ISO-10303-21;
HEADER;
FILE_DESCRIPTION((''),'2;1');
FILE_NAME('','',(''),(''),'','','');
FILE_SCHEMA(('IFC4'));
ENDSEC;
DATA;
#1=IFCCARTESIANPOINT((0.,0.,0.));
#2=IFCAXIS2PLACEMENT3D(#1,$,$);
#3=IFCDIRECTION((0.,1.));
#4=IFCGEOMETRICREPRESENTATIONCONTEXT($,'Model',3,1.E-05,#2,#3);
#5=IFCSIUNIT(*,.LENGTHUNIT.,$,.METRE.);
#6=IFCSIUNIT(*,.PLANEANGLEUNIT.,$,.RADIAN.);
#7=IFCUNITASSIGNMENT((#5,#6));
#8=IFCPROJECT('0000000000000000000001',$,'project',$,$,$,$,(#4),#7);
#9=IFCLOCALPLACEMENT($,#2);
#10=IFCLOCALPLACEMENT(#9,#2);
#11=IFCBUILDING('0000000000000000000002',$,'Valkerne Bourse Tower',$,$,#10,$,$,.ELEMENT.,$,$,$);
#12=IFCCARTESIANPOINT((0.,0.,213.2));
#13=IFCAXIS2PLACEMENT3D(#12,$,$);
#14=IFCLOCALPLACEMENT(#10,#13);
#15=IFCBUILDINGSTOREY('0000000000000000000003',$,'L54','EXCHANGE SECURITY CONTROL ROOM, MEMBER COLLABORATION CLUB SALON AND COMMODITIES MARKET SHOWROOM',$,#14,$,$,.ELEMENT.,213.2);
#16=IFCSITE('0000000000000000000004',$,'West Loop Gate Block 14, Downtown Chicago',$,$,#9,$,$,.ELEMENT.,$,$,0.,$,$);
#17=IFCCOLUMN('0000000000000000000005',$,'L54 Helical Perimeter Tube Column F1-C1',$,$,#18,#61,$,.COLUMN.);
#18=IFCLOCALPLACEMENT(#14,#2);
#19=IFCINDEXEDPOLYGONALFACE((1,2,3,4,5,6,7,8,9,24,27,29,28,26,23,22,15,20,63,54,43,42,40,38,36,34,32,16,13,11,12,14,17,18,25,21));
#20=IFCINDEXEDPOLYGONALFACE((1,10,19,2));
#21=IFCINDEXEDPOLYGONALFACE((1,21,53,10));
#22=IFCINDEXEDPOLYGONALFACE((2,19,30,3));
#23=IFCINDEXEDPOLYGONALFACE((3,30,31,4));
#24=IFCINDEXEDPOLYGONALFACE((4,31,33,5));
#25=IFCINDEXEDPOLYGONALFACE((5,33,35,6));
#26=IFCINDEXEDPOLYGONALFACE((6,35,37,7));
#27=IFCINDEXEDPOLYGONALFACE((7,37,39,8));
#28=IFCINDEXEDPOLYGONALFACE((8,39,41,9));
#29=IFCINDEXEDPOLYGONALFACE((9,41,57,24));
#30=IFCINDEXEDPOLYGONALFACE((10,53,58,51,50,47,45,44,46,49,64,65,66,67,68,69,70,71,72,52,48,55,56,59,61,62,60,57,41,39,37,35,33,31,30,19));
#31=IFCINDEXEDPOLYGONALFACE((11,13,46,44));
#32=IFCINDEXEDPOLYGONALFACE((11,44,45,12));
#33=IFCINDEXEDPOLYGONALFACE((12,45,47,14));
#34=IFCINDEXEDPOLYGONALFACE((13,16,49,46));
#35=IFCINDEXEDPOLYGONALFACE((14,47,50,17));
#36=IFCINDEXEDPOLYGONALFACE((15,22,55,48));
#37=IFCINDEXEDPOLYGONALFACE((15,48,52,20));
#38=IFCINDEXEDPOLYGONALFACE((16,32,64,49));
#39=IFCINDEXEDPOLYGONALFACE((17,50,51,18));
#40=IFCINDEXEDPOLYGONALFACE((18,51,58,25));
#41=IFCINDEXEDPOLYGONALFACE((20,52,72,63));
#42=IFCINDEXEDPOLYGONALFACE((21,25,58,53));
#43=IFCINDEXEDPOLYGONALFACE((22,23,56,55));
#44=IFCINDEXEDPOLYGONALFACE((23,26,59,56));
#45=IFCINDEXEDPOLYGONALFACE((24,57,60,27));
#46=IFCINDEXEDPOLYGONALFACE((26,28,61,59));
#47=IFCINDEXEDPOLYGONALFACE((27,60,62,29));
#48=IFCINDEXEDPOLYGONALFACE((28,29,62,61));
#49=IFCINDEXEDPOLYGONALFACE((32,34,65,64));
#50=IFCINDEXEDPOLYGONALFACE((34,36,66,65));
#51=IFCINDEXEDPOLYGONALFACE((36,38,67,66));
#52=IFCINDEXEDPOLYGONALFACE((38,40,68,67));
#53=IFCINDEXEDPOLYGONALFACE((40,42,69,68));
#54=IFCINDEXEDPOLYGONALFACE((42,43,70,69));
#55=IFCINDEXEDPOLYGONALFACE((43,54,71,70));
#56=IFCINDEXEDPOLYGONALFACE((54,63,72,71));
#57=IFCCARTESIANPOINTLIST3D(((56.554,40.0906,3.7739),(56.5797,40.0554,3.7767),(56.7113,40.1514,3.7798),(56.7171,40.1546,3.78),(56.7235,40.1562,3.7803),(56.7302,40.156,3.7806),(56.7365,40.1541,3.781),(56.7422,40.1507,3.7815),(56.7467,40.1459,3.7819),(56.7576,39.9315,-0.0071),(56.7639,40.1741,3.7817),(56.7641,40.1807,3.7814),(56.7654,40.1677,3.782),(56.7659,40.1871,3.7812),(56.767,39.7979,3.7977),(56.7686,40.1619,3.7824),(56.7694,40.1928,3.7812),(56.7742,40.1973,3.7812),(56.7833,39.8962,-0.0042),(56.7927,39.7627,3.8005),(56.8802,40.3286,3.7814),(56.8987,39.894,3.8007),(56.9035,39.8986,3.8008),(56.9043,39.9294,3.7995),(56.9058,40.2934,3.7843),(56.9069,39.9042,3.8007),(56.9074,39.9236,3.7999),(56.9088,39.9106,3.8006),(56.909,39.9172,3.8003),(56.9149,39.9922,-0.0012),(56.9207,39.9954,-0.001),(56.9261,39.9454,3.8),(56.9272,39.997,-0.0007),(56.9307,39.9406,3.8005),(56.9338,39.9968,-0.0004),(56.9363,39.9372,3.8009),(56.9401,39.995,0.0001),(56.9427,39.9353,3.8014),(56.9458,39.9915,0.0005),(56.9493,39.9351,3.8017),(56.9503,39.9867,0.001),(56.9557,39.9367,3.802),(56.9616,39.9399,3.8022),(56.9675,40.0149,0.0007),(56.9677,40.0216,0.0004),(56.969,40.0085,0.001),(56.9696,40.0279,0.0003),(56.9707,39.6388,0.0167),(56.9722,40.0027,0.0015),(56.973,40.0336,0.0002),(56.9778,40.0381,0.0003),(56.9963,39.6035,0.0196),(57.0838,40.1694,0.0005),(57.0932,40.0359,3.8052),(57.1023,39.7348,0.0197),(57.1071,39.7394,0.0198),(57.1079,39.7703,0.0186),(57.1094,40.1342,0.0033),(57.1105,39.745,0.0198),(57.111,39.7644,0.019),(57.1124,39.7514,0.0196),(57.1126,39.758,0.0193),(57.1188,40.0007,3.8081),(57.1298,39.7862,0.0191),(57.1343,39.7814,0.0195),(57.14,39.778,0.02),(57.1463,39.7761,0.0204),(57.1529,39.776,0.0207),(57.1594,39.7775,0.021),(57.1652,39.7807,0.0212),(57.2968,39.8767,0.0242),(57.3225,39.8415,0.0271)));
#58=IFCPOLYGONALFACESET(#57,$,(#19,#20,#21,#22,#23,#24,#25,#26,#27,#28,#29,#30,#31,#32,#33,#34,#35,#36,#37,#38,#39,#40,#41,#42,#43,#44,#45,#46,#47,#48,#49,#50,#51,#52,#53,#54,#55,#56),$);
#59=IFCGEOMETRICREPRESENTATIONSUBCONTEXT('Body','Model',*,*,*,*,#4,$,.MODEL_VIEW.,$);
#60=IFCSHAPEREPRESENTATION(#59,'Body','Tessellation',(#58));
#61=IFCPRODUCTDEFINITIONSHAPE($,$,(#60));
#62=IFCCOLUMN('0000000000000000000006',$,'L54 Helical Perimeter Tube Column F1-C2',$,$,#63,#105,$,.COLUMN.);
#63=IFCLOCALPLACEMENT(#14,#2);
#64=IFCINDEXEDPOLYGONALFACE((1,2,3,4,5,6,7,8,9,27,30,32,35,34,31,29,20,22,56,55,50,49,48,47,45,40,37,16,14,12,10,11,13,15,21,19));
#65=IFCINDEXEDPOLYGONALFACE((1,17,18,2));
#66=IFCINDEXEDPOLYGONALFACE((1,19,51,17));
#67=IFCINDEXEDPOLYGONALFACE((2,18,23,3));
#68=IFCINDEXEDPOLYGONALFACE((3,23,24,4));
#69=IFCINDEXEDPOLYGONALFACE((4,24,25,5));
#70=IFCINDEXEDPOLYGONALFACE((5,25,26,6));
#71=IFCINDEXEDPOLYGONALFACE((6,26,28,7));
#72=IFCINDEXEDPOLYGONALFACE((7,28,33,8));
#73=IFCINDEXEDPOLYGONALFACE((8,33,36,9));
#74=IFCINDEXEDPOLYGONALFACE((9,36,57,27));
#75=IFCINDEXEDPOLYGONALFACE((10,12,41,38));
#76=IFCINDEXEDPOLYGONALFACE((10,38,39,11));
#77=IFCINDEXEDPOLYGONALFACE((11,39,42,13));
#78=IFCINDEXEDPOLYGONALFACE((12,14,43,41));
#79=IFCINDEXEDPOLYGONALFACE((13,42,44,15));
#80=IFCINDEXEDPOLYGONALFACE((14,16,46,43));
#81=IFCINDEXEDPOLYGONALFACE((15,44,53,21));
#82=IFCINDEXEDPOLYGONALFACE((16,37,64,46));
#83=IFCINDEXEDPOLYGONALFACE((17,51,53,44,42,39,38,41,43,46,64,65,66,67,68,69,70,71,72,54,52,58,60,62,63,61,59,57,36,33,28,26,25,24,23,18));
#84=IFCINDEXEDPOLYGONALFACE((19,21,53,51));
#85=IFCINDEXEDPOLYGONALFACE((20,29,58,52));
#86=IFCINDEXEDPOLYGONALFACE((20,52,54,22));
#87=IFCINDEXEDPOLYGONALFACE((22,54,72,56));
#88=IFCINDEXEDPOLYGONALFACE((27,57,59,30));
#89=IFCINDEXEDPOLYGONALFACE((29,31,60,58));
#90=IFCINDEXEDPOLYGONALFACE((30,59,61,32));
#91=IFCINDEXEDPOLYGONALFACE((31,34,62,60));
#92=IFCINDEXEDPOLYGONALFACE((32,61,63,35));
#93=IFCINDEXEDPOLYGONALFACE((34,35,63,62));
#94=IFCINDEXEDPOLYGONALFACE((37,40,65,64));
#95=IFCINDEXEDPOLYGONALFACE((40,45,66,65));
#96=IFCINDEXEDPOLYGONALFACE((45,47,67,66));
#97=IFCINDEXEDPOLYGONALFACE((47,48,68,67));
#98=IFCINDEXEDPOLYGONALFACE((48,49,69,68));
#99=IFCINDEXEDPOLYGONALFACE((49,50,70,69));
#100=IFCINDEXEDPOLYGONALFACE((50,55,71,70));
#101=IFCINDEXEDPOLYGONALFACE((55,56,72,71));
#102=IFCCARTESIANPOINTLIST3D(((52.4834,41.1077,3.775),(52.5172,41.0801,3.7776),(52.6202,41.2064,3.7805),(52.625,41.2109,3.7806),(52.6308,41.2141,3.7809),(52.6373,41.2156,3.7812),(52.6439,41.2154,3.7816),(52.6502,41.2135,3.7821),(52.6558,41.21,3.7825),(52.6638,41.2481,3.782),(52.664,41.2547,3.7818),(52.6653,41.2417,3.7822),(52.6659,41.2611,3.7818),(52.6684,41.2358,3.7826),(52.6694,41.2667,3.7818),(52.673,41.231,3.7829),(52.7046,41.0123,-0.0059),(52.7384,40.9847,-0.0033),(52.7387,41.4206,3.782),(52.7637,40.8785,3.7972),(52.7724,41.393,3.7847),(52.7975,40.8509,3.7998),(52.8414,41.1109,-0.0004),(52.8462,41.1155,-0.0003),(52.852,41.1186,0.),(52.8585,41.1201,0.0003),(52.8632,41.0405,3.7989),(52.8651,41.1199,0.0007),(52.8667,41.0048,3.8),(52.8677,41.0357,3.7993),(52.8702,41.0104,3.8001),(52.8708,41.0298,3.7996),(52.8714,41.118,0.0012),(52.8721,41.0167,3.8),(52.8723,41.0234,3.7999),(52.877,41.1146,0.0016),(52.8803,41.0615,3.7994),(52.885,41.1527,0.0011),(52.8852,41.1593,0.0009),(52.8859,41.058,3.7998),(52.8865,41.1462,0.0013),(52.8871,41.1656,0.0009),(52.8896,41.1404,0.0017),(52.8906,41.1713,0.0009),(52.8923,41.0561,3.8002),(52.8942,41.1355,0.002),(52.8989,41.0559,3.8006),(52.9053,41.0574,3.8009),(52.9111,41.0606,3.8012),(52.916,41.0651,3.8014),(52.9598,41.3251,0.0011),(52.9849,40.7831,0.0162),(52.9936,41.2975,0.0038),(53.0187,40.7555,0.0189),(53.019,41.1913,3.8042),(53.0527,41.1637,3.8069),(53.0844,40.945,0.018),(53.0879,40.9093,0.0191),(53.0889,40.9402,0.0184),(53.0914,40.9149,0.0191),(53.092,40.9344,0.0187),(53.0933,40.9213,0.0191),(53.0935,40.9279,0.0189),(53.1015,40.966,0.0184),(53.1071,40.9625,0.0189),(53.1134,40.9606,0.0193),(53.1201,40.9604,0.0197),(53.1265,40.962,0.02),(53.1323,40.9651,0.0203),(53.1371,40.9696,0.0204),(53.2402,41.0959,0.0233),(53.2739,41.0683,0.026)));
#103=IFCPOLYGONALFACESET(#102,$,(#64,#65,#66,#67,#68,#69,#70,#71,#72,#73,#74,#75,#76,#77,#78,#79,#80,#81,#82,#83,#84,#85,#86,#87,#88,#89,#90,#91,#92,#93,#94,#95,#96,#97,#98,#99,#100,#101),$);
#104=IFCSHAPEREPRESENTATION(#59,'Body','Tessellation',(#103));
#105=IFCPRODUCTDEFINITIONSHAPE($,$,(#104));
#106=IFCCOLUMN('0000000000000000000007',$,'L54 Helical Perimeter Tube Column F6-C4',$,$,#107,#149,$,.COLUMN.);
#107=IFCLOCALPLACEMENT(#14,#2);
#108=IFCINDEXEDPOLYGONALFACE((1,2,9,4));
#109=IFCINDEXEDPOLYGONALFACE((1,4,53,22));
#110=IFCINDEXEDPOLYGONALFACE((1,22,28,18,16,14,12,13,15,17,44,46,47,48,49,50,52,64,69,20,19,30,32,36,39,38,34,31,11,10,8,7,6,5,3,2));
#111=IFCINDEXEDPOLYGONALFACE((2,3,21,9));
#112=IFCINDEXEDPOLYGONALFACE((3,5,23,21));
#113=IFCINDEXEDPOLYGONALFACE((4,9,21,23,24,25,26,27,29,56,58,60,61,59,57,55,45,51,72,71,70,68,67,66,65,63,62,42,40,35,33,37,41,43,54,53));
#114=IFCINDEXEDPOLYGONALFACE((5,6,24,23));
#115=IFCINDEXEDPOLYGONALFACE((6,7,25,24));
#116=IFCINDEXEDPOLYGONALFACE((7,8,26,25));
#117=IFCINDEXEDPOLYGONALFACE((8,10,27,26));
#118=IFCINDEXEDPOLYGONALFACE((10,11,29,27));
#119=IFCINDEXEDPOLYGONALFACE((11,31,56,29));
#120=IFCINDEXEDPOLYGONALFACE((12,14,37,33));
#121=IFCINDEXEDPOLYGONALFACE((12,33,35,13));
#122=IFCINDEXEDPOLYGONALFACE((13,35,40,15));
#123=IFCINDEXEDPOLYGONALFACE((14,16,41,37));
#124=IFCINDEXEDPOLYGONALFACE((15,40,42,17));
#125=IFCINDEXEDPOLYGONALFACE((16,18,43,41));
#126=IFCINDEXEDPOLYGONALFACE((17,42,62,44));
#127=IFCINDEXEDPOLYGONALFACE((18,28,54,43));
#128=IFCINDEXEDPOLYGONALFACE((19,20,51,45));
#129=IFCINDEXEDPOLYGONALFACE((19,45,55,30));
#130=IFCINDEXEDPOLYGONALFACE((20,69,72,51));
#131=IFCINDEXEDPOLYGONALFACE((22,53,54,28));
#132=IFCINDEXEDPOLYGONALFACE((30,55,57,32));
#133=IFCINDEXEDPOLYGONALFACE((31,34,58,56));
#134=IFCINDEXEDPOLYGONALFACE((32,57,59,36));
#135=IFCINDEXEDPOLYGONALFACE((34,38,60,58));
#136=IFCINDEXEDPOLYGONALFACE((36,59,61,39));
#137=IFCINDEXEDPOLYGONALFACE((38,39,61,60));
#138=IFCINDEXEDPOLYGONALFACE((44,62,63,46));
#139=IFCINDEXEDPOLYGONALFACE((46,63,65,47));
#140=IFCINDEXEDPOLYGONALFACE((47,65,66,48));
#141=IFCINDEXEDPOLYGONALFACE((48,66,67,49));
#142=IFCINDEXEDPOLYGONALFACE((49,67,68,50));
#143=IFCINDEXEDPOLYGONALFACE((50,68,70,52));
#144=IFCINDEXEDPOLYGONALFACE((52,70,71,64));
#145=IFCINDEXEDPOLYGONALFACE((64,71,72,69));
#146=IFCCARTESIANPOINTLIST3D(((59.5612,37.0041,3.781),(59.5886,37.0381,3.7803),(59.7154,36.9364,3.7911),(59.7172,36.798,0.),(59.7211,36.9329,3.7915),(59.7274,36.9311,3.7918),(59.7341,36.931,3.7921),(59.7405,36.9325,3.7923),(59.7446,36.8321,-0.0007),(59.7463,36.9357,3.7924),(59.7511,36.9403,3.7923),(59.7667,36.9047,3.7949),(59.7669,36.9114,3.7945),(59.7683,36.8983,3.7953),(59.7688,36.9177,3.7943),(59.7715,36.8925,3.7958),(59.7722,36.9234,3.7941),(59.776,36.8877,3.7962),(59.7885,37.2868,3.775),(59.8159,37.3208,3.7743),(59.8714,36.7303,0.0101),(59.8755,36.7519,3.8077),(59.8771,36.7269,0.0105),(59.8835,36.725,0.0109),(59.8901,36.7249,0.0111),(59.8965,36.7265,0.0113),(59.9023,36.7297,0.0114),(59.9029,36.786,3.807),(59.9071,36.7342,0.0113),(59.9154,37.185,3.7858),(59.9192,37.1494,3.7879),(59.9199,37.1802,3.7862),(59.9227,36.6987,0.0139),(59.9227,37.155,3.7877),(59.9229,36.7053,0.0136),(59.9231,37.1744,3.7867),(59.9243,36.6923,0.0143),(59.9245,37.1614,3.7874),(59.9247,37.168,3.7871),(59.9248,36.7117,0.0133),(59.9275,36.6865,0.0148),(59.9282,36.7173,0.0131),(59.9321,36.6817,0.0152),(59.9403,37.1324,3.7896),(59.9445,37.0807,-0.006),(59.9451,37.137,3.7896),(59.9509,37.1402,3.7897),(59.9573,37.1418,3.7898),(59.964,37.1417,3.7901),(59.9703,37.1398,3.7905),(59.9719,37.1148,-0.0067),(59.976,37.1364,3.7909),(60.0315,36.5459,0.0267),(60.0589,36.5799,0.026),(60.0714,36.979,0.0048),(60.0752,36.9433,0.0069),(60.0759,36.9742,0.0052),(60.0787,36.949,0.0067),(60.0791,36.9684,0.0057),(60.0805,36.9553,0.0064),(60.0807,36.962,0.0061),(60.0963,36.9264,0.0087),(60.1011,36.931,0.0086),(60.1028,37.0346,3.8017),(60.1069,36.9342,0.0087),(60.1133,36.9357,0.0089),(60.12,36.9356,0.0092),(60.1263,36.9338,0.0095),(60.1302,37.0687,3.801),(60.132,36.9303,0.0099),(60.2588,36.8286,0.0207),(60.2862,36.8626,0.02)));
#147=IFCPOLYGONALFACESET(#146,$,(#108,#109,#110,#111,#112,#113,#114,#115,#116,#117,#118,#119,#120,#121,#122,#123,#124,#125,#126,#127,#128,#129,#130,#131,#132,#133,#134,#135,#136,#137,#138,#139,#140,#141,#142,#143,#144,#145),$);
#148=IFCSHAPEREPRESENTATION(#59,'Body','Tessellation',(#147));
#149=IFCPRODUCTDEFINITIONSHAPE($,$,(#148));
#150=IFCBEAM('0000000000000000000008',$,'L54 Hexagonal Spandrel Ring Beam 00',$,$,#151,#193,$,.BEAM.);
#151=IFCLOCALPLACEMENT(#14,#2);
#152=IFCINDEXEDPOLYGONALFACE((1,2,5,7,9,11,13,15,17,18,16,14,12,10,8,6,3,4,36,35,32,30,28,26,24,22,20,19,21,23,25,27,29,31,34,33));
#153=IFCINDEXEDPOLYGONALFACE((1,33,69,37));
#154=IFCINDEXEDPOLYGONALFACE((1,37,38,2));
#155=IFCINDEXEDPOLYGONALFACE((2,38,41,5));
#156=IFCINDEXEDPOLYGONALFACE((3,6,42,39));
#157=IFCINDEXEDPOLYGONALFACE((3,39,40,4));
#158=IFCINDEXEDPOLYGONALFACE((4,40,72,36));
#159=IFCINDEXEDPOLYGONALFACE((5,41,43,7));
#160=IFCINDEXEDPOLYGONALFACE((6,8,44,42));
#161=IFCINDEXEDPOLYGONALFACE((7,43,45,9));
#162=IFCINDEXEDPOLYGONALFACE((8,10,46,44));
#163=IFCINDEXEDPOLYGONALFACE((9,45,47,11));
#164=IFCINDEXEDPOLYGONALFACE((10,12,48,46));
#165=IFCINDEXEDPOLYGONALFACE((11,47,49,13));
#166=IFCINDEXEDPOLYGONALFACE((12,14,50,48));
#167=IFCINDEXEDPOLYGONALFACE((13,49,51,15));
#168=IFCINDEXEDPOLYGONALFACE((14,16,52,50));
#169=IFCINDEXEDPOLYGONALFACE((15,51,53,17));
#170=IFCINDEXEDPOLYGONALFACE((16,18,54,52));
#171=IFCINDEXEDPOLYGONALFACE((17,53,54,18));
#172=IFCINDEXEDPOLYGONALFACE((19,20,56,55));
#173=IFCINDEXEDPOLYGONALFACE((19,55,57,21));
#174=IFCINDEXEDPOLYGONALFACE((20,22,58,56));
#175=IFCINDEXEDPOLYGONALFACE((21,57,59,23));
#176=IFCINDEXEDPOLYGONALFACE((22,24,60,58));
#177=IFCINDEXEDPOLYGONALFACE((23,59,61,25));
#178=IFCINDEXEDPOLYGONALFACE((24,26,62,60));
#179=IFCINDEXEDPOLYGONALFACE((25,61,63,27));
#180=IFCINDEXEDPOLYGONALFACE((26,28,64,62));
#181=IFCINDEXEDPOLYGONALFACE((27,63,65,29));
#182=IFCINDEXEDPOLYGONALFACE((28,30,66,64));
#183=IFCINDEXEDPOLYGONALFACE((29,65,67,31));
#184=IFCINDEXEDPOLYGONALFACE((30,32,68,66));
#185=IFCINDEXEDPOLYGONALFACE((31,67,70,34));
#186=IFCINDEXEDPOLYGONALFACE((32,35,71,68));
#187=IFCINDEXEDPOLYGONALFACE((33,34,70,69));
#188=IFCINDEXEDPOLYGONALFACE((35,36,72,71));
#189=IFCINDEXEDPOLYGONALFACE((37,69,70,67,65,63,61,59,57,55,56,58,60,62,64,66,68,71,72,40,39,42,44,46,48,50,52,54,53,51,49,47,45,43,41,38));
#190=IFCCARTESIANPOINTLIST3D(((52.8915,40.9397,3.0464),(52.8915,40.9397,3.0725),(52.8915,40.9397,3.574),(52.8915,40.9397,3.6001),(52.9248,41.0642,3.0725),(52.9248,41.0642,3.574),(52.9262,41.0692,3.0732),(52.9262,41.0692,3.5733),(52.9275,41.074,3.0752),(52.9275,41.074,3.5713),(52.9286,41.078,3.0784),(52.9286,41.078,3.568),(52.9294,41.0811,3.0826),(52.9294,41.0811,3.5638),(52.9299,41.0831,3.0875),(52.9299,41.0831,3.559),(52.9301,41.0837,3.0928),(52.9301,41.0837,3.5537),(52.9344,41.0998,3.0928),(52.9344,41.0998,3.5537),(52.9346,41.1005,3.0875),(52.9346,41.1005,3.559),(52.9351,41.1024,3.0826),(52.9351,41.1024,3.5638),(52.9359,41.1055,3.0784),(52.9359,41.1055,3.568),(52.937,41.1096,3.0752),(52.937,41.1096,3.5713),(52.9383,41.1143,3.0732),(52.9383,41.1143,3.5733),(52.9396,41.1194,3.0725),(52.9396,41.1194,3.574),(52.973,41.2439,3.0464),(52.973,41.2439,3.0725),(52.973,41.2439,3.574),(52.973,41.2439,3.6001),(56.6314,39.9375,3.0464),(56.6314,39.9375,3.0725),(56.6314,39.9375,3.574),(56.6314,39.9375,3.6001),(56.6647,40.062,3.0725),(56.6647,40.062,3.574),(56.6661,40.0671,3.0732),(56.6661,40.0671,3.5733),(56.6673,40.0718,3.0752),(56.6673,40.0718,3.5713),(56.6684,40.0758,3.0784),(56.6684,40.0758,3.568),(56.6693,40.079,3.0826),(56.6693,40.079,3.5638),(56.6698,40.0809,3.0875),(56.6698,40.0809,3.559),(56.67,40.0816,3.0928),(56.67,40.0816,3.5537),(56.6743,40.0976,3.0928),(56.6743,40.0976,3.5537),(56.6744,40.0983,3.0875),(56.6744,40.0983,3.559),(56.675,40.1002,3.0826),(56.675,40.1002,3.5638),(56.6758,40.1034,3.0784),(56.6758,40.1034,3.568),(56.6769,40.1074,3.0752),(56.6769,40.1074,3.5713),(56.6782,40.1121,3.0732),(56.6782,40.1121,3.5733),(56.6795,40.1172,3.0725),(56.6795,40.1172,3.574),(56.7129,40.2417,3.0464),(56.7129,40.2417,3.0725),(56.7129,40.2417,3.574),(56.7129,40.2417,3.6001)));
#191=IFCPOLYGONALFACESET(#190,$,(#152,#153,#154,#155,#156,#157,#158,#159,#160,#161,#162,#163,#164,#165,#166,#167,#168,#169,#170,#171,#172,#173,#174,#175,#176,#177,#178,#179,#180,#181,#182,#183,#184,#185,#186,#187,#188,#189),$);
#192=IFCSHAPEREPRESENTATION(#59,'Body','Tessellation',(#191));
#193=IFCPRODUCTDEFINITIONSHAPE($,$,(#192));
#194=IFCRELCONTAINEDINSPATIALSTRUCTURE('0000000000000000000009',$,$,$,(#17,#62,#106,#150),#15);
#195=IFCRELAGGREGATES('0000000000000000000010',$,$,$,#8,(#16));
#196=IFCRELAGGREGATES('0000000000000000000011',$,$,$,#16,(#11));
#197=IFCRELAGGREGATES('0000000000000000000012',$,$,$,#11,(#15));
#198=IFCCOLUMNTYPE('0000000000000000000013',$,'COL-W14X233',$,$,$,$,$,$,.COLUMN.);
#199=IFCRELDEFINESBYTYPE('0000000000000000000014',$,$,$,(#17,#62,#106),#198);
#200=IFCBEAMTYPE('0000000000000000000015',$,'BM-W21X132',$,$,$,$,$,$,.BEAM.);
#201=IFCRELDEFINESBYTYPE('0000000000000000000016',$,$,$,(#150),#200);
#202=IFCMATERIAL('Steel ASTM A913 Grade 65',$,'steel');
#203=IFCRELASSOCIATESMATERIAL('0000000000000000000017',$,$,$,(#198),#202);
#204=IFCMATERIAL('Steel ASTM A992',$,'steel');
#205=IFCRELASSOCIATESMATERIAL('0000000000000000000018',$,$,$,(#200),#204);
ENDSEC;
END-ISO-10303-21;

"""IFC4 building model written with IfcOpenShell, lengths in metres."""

from ifc_helpers import new_model, si_unit, direction, frame, origin, origin_2d, place, context, subcontext, project, spatial, i_section, extrude, material, material_profile, profile_set, type_object, element, save


model = new_model("IFC4")

# Units and contexts
model_context = context("Model", 3, precision=1e-05, world=origin(), true_north=direction((0.0, 1.0)))
body_context = subcontext(model_context, "Body", "Model", "MODEL_VIEW")
ifc_project = project(units=[si_unit("LENGTHUNIT", "METRE"), si_unit("PLANEANGLEUNIT", "RADIAN")], contexts=[model_context])

# Site, building, storey
site_placement = place(None, origin())
site = spatial("IfcSite", under=ifc_project, at=site_placement, Name="West Loop Gate Block 14, Downtown Chicago", CompositionType="ELEMENT", RefElevation=0.0)
building_placement = place(site_placement, origin())
building = spatial("IfcBuilding", under=site, at=building_placement, Name="Valkerne Bourse Tower", CompositionType="ELEMENT")
storey_placement = place(building_placement, frame((0.0, 0.0, 213.2)))
storey = spatial("IfcBuildingStorey", under=building, at=storey_placement, Name="L54", Description="EXCHANGE SECURITY CONTROL ROOM, MEMBER COLLABORATION CLUB SALON AND COMMODITIES MARKET SHOWROOM", CompositionType="ELEMENT", Elevation=213.2)

# Columns
ifc_material_1 = material(Name="Steel ASTM A913 Grade 65", Category="steel")
ifc_material_profile_1 = material_profile(ifc_material_1, i_section(OverallWidth=0.4038, OverallDepth=0.4065, WebThickness=0.0271, FlangeThickness=0.0437, FilletRadius=0.0254, at=origin_2d()), Name="W14X233")
ifc_profile_set_1 = profile_set([ifc_material_profile_1], Name="Steel ASTM A913 Grade 65")
column_type = type_object("IfcColumnType", Name="COL-W14X233", PredefinedType="COLUMN", material=ifc_profile_set_1)
column_1_placement = place(storey_placement, frame((57.04, 39.8865, 0.01), z_axis=(-0.053726, 0.042002, 0.997672), x_axis=(0.807666, 0.589344, 0.018683)))
element("IfcColumn", 1, at=column_1_placement, inside=storey, type_object=column_type, Name="L54 Helical Perimeter Tube Column F1-C1", PredefinedType="COLUMN", context=body_context, shape_type="SweptSolid", body=[
    extrude(i_section(OverallWidth=0.4038, OverallDepth=0.4065, WebThickness=0.0271, FlangeThickness=0.0437, FilletRadius=0.0254, at=origin_2d()), origin(), (0.0, 0.0, 1.0), 3.7898),
])
column_2_placement = place(storey_placement, frame((52.9893, 41.0403, 0.01), z_axis=(-0.058382, 0.025196, 0.997976), x_axis=(0.632108, 0.774685, 0.01742)))
element("IfcColumn", 2, at=column_2_placement, inside=storey, type_object=column_type, Name="L54 Helical Perimeter Tube Column F1-C2", PredefinedType="COLUMN", context=body_context, shape_type="SweptSolid", body=[
    extrude(i_section(OverallWidth=0.4038, OverallDepth=0.4065, WebThickness=0.0271, FlangeThickness=0.0437, FilletRadius=0.0254, at=origin_2d()), origin(), (0.0, 0.0, 1.0), 3.7886),
])
column_3_placement = place(storey_placement, frame((60.0017, 36.8303, 0.01), z_axis=(-0.041164, 0.05437, 0.997672), x_axis=(0.7783, -0.6244, 0.066141)))
element("IfcColumn", 3, at=column_3_placement, inside=storey, type_object=column_type, Name="L54 Helical Perimeter Tube Column F6-C4", PredefinedType="COLUMN", context=body_context, shape_type="SweptSolid", body=[
    extrude(i_section(OverallWidth=0.4038, OverallDepth=0.4065, WebThickness=0.0271, FlangeThickness=0.0437, FilletRadius=0.0254, at=origin_2d()), origin(), (0.0, 0.0, 1.0), 3.7898),
])

# Beam
ifc_material_2 = material(Name="Steel ASTM A992", Category="steel")
ifc_material_profile_2 = material_profile(ifc_material_2, i_section(OverallWidth=0.3149, OverallDepth=0.5537, WebThickness=0.0166, FlangeThickness=0.0261, FilletRadius=0.0203, at=origin_2d()), Name="W21X132")
ifc_profile_set_2 = profile_set([ifc_material_profile_2], Name="Steel ASTM A992")
beam_type = type_object("IfcBeamType", Name="BM-W21X132", PredefinedType="BEAM", material=ifc_profile_set_2)
for number, where, z_axis, x_axis, name in (
    (4, (56.6721, 40.0896, 3.3232), (-0.965921, 0.258836, 0.0), (-0.258836, -0.965921, 0.0), "L54 Hexagonal Spandrel Ring Beam 00"),
):
    element("IfcBeam", number, at=place(storey_placement, frame(where, z_axis=z_axis, x_axis=x_axis)), inside=storey, type_object=beam_type, Name=name, PredefinedType="BEAM", context=body_context, shape_type="SweptSolid", body=[
        extrude(i_section(OverallWidth=0.3149, OverallDepth=0.5537, WebThickness=0.0166, FlangeThickness=0.0261, FilletRadius=0.0203, at=origin_2d()), origin(), (0.0, 0.0, 1.0), 3.8718),
    ])

save(model, "model.ifc")
